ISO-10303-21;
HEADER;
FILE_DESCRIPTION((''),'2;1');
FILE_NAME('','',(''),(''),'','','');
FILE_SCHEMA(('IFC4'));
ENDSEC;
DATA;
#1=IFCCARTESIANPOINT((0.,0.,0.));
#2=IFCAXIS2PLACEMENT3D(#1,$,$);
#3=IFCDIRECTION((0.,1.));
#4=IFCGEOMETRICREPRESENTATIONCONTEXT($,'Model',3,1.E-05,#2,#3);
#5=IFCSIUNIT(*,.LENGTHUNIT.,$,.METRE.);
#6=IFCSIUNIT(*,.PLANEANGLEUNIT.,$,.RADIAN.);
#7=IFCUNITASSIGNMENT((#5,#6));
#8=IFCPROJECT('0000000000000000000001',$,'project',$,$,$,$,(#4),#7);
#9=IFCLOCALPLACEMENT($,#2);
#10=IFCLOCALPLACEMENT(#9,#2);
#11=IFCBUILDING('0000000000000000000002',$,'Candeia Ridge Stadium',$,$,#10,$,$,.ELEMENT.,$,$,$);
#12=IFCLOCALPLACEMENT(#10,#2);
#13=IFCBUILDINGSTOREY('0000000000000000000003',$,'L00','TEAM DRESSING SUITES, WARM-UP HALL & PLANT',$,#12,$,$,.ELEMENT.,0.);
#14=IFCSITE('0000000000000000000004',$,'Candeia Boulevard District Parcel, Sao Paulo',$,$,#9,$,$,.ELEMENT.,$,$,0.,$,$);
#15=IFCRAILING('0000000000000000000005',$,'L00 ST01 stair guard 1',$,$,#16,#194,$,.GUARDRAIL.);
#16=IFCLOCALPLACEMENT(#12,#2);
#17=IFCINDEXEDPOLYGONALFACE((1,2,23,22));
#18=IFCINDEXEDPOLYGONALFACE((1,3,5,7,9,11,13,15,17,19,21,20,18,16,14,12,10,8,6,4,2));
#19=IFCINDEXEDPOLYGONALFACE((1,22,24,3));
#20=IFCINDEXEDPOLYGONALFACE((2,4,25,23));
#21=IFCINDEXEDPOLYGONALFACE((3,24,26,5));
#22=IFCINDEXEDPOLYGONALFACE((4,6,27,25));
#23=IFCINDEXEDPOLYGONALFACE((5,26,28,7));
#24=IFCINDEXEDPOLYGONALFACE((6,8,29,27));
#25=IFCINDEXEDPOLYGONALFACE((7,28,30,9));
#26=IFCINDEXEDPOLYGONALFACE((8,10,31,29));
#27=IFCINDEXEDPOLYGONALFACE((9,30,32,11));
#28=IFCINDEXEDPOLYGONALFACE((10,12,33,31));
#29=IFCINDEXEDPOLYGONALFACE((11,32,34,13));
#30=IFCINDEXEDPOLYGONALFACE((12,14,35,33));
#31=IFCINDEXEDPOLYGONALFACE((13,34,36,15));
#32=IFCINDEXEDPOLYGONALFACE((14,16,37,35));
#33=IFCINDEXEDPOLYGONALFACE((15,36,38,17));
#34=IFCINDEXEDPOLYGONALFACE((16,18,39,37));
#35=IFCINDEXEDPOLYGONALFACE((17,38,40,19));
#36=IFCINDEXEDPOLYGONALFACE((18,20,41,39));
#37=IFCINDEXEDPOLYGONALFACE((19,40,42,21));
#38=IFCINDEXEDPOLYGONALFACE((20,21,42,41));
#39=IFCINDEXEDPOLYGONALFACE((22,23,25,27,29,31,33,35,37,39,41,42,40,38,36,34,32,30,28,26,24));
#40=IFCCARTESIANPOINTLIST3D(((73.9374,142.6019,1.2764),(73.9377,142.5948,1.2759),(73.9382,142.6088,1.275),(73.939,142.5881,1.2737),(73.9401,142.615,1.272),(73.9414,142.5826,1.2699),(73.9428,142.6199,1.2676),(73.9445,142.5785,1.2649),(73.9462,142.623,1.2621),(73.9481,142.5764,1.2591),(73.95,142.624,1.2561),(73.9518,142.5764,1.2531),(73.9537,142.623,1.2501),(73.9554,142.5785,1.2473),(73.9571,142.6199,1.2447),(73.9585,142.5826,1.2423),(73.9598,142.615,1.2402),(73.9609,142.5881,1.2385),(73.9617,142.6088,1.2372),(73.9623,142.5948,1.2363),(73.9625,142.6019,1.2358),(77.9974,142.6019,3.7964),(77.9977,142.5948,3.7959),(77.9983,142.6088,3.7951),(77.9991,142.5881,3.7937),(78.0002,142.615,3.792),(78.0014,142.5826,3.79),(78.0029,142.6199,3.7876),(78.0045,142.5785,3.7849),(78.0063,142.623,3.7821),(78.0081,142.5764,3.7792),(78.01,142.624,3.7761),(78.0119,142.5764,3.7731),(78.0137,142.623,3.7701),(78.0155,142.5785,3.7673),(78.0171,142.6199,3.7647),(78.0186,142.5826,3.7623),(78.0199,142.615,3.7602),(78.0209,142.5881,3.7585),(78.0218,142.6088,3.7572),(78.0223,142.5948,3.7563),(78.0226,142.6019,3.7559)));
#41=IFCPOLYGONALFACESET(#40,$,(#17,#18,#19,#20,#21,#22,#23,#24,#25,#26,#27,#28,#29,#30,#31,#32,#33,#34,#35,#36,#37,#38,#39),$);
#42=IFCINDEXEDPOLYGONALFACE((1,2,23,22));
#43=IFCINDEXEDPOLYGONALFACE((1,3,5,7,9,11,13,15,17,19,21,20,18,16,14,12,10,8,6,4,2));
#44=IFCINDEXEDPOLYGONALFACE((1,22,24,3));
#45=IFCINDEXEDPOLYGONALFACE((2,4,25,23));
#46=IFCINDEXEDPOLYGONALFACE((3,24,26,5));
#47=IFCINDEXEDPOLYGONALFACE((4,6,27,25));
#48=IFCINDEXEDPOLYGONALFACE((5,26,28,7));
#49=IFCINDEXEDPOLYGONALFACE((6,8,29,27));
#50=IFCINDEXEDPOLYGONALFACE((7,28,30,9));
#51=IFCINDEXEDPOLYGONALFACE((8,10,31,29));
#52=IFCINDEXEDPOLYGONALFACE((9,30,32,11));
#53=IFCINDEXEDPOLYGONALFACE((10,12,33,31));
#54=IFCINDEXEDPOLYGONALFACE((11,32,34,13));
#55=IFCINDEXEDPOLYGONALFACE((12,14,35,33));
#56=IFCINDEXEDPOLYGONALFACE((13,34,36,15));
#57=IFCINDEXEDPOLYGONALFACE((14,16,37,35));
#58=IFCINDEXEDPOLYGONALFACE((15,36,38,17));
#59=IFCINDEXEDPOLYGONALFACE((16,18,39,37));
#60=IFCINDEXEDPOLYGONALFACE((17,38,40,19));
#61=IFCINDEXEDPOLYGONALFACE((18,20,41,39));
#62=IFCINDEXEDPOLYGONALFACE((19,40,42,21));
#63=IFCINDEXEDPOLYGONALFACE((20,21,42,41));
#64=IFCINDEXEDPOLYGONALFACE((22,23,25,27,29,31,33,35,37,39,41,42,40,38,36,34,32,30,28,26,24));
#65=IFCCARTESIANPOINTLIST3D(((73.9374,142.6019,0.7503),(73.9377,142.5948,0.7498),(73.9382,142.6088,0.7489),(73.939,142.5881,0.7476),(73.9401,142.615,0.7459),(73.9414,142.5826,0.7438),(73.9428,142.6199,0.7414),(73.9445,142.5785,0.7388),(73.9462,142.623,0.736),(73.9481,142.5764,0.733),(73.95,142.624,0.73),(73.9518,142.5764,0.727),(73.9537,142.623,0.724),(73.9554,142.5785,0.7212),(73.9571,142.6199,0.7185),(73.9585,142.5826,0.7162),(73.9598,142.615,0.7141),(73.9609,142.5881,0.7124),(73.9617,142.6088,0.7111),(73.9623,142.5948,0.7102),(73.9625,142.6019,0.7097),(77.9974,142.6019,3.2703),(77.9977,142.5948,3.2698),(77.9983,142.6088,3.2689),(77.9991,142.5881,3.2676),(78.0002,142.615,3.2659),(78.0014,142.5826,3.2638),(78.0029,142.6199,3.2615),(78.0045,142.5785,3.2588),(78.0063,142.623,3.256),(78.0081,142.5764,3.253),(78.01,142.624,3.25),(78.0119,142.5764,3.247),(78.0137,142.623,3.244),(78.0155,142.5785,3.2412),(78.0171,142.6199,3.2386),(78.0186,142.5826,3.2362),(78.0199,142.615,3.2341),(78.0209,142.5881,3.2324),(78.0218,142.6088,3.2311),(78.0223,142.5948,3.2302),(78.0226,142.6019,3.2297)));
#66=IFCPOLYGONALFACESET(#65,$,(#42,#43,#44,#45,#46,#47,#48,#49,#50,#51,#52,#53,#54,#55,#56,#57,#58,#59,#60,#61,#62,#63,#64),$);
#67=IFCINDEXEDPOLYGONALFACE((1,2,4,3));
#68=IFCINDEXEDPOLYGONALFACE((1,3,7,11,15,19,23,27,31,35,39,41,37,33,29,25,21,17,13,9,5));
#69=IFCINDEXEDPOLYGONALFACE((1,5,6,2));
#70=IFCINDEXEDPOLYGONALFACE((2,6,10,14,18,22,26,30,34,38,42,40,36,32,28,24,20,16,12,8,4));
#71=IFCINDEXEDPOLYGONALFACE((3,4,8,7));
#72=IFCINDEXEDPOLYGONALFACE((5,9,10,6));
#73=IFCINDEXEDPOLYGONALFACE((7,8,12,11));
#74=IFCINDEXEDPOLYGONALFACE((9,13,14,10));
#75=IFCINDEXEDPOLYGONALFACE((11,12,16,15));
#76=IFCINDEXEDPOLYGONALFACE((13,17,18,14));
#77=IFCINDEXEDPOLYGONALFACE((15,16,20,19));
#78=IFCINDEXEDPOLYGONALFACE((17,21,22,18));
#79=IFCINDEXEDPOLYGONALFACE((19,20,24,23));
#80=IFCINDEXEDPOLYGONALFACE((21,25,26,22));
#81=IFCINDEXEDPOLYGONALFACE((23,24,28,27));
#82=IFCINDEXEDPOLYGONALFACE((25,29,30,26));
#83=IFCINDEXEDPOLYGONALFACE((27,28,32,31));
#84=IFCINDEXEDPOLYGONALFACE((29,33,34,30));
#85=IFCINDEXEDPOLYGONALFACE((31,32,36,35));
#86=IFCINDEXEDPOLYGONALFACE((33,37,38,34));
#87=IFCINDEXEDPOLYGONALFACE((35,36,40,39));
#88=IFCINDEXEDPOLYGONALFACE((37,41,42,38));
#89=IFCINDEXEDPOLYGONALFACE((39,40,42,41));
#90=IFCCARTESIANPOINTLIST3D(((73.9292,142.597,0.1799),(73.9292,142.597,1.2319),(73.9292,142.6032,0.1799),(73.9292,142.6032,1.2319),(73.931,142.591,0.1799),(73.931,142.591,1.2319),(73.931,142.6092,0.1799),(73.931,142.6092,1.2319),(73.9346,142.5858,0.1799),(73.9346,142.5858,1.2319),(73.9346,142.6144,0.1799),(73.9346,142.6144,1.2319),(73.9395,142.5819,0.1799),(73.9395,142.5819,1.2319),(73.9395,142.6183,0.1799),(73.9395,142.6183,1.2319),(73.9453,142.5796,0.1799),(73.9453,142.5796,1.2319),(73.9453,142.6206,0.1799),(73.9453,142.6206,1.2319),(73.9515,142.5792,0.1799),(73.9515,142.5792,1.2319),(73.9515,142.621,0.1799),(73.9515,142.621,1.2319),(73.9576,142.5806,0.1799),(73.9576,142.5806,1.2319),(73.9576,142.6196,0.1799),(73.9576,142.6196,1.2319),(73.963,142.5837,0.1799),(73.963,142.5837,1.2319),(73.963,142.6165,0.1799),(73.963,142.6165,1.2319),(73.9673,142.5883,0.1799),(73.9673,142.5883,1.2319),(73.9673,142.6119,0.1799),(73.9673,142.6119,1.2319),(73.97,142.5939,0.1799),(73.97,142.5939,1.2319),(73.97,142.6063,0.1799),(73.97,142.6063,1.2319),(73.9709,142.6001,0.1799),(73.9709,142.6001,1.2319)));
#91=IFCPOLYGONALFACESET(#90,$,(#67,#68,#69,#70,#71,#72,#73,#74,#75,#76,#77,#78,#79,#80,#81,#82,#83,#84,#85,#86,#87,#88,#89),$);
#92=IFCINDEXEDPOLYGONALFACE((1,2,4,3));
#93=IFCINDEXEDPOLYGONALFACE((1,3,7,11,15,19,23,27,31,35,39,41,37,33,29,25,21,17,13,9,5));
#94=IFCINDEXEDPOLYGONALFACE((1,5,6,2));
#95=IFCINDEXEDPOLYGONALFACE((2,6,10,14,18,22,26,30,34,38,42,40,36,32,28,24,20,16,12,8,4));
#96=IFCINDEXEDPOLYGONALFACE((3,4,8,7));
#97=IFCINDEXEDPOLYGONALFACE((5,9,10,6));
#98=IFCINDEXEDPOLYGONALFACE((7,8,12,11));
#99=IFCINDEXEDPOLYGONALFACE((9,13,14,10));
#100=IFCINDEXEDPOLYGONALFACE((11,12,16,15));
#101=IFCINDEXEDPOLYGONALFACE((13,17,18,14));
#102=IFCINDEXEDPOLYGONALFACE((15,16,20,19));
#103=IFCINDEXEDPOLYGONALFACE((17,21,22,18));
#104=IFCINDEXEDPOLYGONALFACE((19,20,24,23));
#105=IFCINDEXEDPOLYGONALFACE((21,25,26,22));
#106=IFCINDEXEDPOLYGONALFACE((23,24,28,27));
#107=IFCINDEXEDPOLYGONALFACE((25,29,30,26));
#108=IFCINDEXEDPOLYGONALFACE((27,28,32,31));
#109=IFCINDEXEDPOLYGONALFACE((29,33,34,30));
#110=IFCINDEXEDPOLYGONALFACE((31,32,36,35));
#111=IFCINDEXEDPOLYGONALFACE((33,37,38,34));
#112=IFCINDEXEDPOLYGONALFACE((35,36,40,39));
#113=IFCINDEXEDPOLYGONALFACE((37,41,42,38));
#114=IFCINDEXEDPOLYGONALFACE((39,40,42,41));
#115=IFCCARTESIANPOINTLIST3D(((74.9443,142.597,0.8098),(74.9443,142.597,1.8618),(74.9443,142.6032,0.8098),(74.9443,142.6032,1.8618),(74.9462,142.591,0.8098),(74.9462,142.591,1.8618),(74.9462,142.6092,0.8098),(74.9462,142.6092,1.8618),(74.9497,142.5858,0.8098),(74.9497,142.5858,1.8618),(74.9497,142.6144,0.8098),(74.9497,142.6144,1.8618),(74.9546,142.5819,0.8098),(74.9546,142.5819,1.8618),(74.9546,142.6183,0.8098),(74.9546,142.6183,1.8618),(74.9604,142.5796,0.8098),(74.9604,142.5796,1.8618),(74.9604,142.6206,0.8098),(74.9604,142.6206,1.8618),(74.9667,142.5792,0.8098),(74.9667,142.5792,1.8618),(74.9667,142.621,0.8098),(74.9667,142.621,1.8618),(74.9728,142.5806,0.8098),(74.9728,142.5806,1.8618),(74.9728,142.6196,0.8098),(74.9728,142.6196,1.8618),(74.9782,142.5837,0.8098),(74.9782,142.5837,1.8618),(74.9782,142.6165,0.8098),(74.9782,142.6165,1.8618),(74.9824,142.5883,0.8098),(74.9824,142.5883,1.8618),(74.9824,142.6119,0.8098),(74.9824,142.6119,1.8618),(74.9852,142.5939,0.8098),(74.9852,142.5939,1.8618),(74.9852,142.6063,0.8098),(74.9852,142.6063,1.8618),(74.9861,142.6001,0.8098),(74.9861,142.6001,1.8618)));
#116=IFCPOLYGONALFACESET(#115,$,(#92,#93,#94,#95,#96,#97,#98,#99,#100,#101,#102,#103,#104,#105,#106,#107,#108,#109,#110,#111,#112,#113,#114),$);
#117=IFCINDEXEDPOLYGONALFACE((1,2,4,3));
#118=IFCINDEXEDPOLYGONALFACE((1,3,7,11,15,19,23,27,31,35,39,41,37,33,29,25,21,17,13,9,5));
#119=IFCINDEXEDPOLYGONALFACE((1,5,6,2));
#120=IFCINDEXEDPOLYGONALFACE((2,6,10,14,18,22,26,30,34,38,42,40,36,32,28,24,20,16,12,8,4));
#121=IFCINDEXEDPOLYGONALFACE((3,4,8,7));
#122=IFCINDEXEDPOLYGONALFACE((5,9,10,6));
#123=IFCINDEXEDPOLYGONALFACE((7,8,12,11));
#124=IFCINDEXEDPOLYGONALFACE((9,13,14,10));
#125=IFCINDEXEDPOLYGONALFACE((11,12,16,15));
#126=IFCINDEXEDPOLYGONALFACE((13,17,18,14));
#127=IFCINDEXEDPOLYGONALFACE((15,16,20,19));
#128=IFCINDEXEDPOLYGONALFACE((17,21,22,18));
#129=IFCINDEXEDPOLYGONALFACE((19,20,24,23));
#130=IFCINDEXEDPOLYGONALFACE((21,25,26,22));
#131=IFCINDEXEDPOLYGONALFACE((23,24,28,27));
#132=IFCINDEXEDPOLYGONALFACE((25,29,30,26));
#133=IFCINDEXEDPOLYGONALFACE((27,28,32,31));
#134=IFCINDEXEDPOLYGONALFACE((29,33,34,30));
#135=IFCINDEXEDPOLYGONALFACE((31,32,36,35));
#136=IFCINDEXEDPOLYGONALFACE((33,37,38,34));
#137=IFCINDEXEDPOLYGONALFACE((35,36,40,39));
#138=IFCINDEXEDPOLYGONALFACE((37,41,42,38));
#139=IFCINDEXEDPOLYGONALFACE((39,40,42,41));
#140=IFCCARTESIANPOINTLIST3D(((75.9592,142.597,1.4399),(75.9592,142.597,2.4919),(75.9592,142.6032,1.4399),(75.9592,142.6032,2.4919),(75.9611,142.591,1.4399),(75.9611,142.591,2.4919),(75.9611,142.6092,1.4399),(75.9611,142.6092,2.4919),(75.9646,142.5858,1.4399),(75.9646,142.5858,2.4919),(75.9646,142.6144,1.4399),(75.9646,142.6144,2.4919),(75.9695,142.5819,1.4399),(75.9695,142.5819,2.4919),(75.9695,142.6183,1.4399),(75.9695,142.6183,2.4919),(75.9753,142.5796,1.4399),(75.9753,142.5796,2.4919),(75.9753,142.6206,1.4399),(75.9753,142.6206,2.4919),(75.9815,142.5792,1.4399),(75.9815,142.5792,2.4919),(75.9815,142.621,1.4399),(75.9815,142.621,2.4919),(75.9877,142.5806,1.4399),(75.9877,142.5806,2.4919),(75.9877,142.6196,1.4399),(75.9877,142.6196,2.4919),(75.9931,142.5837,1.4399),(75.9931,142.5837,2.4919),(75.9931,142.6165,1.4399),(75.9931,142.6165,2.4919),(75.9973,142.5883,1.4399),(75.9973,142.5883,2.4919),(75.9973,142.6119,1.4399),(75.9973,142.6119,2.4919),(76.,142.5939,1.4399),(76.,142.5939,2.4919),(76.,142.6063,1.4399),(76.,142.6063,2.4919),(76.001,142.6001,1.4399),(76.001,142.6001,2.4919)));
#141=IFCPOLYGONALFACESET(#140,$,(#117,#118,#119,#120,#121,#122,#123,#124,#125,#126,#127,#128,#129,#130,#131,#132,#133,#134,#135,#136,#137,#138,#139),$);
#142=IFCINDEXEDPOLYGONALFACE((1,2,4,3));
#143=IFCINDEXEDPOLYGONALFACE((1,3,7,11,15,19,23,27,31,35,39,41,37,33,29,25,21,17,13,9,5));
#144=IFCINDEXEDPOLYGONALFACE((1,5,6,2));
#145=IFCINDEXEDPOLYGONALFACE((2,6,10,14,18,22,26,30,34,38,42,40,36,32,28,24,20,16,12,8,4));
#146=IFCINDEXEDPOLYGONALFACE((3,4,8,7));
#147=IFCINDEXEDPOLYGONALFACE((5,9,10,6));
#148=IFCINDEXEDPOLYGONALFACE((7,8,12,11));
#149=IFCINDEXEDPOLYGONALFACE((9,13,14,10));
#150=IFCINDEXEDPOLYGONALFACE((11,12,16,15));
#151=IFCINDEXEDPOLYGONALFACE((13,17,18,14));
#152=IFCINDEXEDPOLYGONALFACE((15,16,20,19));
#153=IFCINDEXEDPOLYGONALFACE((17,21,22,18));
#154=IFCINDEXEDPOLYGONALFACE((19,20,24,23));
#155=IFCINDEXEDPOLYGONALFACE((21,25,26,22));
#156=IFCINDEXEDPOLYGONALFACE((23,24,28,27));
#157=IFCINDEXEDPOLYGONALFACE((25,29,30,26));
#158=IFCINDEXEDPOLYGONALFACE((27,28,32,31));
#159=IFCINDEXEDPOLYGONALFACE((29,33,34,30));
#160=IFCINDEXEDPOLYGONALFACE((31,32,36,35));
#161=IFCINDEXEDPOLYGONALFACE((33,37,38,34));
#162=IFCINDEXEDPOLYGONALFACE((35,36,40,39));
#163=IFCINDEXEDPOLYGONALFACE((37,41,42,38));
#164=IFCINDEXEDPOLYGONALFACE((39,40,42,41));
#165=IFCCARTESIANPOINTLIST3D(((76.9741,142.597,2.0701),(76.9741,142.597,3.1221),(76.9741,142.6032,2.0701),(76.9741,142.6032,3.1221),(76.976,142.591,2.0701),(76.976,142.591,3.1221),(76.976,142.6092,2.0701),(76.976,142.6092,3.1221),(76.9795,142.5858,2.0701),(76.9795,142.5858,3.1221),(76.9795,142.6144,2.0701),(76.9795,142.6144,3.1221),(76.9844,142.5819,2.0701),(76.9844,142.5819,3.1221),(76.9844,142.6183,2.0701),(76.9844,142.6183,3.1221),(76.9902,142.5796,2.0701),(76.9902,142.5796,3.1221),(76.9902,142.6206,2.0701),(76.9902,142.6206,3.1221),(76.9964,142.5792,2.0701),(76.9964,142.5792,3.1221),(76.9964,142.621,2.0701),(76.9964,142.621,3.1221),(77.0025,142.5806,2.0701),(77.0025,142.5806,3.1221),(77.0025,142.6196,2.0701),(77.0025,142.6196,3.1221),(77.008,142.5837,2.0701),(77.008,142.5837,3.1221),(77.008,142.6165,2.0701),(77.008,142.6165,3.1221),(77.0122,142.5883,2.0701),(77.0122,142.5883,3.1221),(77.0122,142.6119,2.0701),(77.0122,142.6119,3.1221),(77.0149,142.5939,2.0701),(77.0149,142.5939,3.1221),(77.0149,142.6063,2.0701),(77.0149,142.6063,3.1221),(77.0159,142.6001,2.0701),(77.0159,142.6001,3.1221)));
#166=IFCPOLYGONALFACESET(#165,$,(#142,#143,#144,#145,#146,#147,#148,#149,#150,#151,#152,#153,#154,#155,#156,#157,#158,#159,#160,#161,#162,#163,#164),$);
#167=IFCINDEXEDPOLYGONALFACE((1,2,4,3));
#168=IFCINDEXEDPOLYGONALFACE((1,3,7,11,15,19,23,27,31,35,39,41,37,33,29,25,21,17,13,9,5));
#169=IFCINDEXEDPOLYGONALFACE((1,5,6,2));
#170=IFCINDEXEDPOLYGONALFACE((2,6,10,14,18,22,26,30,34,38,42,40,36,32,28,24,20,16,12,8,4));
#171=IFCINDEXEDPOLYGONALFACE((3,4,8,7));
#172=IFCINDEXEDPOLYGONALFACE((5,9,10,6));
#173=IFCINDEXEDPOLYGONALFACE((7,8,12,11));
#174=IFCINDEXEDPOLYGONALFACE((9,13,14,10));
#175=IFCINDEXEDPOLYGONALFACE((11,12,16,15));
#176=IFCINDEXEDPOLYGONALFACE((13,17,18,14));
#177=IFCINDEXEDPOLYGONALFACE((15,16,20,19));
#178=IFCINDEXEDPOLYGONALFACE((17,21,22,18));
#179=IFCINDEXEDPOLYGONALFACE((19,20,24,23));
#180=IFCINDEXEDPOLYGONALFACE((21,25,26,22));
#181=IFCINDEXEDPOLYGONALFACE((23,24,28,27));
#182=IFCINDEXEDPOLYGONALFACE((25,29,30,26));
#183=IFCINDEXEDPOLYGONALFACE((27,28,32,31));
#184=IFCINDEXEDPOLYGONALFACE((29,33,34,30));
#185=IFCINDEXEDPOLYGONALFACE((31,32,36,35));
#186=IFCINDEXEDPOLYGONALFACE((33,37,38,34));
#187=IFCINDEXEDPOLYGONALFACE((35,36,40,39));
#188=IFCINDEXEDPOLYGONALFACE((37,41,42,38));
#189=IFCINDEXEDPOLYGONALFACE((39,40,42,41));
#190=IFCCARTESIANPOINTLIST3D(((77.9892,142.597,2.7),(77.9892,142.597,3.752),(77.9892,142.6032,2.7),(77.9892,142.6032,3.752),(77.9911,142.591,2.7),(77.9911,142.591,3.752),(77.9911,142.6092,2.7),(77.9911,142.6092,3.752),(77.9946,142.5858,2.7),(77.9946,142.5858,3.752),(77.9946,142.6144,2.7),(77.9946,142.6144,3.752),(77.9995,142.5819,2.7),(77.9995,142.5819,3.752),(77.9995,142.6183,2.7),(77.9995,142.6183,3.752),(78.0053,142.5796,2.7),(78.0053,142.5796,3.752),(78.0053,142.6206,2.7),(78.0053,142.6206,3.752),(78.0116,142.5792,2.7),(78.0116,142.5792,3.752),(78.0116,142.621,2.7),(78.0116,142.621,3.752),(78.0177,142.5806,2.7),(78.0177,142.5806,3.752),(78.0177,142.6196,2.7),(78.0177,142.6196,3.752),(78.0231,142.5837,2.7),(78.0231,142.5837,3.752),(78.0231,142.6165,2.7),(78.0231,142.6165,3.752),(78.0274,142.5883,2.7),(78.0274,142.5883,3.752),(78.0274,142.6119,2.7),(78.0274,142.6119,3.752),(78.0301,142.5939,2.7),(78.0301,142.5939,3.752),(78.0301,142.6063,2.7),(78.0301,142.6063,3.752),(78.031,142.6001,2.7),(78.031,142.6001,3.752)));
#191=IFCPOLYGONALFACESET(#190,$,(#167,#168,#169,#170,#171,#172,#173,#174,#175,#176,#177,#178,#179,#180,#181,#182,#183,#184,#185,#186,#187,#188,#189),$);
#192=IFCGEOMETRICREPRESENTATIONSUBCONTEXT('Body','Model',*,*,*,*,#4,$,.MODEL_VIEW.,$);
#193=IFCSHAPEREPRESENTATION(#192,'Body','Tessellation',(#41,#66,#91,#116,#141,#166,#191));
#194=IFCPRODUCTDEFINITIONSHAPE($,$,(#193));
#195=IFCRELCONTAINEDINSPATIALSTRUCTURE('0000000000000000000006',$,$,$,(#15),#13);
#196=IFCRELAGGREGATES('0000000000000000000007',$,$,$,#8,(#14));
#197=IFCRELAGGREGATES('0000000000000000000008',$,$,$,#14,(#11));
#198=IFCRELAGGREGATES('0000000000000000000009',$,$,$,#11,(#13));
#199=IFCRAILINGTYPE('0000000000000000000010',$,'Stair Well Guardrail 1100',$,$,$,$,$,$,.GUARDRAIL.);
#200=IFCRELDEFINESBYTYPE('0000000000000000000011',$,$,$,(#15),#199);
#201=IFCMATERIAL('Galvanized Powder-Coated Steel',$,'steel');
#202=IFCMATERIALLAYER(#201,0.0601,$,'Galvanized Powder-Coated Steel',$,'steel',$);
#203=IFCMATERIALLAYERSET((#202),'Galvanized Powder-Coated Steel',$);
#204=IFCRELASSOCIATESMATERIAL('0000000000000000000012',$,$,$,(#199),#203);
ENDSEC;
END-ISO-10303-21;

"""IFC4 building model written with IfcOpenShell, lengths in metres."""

from ifc_helpers import new_model, si_unit, direction, frame, origin, origin_2d, place, context, subcontext, project, spatial, circle, extrude, material, layer, layer_set, type_object, element, save


model = new_model("IFC4")

# Units and contexts
model_context = context("Model", 3, precision=1e-05, world=origin(), true_north=direction((0.0, 1.0)))
body_context = subcontext(model_context, "Body", "Model", "MODEL_VIEW")
ifc_project = project(units=[si_unit("LENGTHUNIT", "METRE"), si_unit("PLANEANGLEUNIT", "RADIAN")], contexts=[model_context])

# Site, building, storey
site_placement = place(None, origin())
site = spatial("IfcSite", under=ifc_project, at=site_placement, Name="Candeia Boulevard District Parcel, Sao Paulo", CompositionType="ELEMENT", RefElevation=0.0)
building_placement = place(site_placement, origin())
building = spatial("IfcBuilding", under=site, at=building_placement, Name="Candeia Ridge Stadium", CompositionType="ELEMENT")
storey_placement = place(building_placement, origin())
storey = spatial("IfcBuildingStorey", under=building, at=storey_placement, Name="L00", Description="TEAM DRESSING SUITES, WARM-UP HALL & PLANT", CompositionType="ELEMENT", Elevation=0.0)

# Railing
ifc_material_1 = material(Name="Galvanized Powder-Coated Steel", Category="steel")
ifc_layer_1 = layer(ifc_material_1, 0.0601, Name="Galvanized Powder-Coated Steel", Category="steel")
ifc_layer_set_1 = layer_set([ifc_layer_1], Name="Galvanized Powder-Coated Steel")
railing_type_1 = type_object("IfcRailingType", Name="Stair Well Guardrail 1100", PredefinedType="GUARDRAIL", material=ifc_layer_set_1)
railing_1_placement = place(storey_placement, frame((73.95, 142.6001, 0.1799)))
element("IfcRailing", 1, at=railing_1_placement, inside=storey, type_object=railing_type_1, Name="L00 ST01 stair guard 1", PredefinedType="GUARDRAIL", context=body_context, shape_type="SweptSolid", body=[
    extrude(circle(Radius=0.0239, at=origin_2d()), frame((0.0, 0.0, 1.0762), z_axis=(0.849642, 0.0, 0.52736), x_axis=(0.0, 1.0, 0.0)), (0.0, 0.0, 1.0), 4.7786),
    extrude(circle(Radius=0.0239, at=origin_2d()), frame((0.0, 0.0, 0.55), z_axis=(0.849642, 0.0, 0.52736), x_axis=(0.0, 1.0, 0.0)), (0.0, 0.0, 1.0), 4.7786),
    extrude(circle(Radius=0.021, at=origin_2d()), origin(), (0.0, 0.0, 1.0), 1.052),
    extrude(circle(Radius=0.021, at=origin_2d()), frame((1.0151, 0.0, 0.6299)), (0.0, 0.0, 1.0), 1.052),
    extrude(circle(Radius=0.021, at=origin_2d()), frame((2.03, 0.0, 1.26)), (0.0, 0.0, 1.0), 1.052),
    extrude(circle(Radius=0.021, at=origin_2d()), frame((3.0449, 0.0, 1.8901)), (0.0, 0.0, 1.0), 1.052),
    extrude(circle(Radius=0.021, at=origin_2d()), frame((4.0601, 0.0, 2.52)), (0.0, 0.0, 1.0), 1.052),
])

save(model, "model.ifc")
